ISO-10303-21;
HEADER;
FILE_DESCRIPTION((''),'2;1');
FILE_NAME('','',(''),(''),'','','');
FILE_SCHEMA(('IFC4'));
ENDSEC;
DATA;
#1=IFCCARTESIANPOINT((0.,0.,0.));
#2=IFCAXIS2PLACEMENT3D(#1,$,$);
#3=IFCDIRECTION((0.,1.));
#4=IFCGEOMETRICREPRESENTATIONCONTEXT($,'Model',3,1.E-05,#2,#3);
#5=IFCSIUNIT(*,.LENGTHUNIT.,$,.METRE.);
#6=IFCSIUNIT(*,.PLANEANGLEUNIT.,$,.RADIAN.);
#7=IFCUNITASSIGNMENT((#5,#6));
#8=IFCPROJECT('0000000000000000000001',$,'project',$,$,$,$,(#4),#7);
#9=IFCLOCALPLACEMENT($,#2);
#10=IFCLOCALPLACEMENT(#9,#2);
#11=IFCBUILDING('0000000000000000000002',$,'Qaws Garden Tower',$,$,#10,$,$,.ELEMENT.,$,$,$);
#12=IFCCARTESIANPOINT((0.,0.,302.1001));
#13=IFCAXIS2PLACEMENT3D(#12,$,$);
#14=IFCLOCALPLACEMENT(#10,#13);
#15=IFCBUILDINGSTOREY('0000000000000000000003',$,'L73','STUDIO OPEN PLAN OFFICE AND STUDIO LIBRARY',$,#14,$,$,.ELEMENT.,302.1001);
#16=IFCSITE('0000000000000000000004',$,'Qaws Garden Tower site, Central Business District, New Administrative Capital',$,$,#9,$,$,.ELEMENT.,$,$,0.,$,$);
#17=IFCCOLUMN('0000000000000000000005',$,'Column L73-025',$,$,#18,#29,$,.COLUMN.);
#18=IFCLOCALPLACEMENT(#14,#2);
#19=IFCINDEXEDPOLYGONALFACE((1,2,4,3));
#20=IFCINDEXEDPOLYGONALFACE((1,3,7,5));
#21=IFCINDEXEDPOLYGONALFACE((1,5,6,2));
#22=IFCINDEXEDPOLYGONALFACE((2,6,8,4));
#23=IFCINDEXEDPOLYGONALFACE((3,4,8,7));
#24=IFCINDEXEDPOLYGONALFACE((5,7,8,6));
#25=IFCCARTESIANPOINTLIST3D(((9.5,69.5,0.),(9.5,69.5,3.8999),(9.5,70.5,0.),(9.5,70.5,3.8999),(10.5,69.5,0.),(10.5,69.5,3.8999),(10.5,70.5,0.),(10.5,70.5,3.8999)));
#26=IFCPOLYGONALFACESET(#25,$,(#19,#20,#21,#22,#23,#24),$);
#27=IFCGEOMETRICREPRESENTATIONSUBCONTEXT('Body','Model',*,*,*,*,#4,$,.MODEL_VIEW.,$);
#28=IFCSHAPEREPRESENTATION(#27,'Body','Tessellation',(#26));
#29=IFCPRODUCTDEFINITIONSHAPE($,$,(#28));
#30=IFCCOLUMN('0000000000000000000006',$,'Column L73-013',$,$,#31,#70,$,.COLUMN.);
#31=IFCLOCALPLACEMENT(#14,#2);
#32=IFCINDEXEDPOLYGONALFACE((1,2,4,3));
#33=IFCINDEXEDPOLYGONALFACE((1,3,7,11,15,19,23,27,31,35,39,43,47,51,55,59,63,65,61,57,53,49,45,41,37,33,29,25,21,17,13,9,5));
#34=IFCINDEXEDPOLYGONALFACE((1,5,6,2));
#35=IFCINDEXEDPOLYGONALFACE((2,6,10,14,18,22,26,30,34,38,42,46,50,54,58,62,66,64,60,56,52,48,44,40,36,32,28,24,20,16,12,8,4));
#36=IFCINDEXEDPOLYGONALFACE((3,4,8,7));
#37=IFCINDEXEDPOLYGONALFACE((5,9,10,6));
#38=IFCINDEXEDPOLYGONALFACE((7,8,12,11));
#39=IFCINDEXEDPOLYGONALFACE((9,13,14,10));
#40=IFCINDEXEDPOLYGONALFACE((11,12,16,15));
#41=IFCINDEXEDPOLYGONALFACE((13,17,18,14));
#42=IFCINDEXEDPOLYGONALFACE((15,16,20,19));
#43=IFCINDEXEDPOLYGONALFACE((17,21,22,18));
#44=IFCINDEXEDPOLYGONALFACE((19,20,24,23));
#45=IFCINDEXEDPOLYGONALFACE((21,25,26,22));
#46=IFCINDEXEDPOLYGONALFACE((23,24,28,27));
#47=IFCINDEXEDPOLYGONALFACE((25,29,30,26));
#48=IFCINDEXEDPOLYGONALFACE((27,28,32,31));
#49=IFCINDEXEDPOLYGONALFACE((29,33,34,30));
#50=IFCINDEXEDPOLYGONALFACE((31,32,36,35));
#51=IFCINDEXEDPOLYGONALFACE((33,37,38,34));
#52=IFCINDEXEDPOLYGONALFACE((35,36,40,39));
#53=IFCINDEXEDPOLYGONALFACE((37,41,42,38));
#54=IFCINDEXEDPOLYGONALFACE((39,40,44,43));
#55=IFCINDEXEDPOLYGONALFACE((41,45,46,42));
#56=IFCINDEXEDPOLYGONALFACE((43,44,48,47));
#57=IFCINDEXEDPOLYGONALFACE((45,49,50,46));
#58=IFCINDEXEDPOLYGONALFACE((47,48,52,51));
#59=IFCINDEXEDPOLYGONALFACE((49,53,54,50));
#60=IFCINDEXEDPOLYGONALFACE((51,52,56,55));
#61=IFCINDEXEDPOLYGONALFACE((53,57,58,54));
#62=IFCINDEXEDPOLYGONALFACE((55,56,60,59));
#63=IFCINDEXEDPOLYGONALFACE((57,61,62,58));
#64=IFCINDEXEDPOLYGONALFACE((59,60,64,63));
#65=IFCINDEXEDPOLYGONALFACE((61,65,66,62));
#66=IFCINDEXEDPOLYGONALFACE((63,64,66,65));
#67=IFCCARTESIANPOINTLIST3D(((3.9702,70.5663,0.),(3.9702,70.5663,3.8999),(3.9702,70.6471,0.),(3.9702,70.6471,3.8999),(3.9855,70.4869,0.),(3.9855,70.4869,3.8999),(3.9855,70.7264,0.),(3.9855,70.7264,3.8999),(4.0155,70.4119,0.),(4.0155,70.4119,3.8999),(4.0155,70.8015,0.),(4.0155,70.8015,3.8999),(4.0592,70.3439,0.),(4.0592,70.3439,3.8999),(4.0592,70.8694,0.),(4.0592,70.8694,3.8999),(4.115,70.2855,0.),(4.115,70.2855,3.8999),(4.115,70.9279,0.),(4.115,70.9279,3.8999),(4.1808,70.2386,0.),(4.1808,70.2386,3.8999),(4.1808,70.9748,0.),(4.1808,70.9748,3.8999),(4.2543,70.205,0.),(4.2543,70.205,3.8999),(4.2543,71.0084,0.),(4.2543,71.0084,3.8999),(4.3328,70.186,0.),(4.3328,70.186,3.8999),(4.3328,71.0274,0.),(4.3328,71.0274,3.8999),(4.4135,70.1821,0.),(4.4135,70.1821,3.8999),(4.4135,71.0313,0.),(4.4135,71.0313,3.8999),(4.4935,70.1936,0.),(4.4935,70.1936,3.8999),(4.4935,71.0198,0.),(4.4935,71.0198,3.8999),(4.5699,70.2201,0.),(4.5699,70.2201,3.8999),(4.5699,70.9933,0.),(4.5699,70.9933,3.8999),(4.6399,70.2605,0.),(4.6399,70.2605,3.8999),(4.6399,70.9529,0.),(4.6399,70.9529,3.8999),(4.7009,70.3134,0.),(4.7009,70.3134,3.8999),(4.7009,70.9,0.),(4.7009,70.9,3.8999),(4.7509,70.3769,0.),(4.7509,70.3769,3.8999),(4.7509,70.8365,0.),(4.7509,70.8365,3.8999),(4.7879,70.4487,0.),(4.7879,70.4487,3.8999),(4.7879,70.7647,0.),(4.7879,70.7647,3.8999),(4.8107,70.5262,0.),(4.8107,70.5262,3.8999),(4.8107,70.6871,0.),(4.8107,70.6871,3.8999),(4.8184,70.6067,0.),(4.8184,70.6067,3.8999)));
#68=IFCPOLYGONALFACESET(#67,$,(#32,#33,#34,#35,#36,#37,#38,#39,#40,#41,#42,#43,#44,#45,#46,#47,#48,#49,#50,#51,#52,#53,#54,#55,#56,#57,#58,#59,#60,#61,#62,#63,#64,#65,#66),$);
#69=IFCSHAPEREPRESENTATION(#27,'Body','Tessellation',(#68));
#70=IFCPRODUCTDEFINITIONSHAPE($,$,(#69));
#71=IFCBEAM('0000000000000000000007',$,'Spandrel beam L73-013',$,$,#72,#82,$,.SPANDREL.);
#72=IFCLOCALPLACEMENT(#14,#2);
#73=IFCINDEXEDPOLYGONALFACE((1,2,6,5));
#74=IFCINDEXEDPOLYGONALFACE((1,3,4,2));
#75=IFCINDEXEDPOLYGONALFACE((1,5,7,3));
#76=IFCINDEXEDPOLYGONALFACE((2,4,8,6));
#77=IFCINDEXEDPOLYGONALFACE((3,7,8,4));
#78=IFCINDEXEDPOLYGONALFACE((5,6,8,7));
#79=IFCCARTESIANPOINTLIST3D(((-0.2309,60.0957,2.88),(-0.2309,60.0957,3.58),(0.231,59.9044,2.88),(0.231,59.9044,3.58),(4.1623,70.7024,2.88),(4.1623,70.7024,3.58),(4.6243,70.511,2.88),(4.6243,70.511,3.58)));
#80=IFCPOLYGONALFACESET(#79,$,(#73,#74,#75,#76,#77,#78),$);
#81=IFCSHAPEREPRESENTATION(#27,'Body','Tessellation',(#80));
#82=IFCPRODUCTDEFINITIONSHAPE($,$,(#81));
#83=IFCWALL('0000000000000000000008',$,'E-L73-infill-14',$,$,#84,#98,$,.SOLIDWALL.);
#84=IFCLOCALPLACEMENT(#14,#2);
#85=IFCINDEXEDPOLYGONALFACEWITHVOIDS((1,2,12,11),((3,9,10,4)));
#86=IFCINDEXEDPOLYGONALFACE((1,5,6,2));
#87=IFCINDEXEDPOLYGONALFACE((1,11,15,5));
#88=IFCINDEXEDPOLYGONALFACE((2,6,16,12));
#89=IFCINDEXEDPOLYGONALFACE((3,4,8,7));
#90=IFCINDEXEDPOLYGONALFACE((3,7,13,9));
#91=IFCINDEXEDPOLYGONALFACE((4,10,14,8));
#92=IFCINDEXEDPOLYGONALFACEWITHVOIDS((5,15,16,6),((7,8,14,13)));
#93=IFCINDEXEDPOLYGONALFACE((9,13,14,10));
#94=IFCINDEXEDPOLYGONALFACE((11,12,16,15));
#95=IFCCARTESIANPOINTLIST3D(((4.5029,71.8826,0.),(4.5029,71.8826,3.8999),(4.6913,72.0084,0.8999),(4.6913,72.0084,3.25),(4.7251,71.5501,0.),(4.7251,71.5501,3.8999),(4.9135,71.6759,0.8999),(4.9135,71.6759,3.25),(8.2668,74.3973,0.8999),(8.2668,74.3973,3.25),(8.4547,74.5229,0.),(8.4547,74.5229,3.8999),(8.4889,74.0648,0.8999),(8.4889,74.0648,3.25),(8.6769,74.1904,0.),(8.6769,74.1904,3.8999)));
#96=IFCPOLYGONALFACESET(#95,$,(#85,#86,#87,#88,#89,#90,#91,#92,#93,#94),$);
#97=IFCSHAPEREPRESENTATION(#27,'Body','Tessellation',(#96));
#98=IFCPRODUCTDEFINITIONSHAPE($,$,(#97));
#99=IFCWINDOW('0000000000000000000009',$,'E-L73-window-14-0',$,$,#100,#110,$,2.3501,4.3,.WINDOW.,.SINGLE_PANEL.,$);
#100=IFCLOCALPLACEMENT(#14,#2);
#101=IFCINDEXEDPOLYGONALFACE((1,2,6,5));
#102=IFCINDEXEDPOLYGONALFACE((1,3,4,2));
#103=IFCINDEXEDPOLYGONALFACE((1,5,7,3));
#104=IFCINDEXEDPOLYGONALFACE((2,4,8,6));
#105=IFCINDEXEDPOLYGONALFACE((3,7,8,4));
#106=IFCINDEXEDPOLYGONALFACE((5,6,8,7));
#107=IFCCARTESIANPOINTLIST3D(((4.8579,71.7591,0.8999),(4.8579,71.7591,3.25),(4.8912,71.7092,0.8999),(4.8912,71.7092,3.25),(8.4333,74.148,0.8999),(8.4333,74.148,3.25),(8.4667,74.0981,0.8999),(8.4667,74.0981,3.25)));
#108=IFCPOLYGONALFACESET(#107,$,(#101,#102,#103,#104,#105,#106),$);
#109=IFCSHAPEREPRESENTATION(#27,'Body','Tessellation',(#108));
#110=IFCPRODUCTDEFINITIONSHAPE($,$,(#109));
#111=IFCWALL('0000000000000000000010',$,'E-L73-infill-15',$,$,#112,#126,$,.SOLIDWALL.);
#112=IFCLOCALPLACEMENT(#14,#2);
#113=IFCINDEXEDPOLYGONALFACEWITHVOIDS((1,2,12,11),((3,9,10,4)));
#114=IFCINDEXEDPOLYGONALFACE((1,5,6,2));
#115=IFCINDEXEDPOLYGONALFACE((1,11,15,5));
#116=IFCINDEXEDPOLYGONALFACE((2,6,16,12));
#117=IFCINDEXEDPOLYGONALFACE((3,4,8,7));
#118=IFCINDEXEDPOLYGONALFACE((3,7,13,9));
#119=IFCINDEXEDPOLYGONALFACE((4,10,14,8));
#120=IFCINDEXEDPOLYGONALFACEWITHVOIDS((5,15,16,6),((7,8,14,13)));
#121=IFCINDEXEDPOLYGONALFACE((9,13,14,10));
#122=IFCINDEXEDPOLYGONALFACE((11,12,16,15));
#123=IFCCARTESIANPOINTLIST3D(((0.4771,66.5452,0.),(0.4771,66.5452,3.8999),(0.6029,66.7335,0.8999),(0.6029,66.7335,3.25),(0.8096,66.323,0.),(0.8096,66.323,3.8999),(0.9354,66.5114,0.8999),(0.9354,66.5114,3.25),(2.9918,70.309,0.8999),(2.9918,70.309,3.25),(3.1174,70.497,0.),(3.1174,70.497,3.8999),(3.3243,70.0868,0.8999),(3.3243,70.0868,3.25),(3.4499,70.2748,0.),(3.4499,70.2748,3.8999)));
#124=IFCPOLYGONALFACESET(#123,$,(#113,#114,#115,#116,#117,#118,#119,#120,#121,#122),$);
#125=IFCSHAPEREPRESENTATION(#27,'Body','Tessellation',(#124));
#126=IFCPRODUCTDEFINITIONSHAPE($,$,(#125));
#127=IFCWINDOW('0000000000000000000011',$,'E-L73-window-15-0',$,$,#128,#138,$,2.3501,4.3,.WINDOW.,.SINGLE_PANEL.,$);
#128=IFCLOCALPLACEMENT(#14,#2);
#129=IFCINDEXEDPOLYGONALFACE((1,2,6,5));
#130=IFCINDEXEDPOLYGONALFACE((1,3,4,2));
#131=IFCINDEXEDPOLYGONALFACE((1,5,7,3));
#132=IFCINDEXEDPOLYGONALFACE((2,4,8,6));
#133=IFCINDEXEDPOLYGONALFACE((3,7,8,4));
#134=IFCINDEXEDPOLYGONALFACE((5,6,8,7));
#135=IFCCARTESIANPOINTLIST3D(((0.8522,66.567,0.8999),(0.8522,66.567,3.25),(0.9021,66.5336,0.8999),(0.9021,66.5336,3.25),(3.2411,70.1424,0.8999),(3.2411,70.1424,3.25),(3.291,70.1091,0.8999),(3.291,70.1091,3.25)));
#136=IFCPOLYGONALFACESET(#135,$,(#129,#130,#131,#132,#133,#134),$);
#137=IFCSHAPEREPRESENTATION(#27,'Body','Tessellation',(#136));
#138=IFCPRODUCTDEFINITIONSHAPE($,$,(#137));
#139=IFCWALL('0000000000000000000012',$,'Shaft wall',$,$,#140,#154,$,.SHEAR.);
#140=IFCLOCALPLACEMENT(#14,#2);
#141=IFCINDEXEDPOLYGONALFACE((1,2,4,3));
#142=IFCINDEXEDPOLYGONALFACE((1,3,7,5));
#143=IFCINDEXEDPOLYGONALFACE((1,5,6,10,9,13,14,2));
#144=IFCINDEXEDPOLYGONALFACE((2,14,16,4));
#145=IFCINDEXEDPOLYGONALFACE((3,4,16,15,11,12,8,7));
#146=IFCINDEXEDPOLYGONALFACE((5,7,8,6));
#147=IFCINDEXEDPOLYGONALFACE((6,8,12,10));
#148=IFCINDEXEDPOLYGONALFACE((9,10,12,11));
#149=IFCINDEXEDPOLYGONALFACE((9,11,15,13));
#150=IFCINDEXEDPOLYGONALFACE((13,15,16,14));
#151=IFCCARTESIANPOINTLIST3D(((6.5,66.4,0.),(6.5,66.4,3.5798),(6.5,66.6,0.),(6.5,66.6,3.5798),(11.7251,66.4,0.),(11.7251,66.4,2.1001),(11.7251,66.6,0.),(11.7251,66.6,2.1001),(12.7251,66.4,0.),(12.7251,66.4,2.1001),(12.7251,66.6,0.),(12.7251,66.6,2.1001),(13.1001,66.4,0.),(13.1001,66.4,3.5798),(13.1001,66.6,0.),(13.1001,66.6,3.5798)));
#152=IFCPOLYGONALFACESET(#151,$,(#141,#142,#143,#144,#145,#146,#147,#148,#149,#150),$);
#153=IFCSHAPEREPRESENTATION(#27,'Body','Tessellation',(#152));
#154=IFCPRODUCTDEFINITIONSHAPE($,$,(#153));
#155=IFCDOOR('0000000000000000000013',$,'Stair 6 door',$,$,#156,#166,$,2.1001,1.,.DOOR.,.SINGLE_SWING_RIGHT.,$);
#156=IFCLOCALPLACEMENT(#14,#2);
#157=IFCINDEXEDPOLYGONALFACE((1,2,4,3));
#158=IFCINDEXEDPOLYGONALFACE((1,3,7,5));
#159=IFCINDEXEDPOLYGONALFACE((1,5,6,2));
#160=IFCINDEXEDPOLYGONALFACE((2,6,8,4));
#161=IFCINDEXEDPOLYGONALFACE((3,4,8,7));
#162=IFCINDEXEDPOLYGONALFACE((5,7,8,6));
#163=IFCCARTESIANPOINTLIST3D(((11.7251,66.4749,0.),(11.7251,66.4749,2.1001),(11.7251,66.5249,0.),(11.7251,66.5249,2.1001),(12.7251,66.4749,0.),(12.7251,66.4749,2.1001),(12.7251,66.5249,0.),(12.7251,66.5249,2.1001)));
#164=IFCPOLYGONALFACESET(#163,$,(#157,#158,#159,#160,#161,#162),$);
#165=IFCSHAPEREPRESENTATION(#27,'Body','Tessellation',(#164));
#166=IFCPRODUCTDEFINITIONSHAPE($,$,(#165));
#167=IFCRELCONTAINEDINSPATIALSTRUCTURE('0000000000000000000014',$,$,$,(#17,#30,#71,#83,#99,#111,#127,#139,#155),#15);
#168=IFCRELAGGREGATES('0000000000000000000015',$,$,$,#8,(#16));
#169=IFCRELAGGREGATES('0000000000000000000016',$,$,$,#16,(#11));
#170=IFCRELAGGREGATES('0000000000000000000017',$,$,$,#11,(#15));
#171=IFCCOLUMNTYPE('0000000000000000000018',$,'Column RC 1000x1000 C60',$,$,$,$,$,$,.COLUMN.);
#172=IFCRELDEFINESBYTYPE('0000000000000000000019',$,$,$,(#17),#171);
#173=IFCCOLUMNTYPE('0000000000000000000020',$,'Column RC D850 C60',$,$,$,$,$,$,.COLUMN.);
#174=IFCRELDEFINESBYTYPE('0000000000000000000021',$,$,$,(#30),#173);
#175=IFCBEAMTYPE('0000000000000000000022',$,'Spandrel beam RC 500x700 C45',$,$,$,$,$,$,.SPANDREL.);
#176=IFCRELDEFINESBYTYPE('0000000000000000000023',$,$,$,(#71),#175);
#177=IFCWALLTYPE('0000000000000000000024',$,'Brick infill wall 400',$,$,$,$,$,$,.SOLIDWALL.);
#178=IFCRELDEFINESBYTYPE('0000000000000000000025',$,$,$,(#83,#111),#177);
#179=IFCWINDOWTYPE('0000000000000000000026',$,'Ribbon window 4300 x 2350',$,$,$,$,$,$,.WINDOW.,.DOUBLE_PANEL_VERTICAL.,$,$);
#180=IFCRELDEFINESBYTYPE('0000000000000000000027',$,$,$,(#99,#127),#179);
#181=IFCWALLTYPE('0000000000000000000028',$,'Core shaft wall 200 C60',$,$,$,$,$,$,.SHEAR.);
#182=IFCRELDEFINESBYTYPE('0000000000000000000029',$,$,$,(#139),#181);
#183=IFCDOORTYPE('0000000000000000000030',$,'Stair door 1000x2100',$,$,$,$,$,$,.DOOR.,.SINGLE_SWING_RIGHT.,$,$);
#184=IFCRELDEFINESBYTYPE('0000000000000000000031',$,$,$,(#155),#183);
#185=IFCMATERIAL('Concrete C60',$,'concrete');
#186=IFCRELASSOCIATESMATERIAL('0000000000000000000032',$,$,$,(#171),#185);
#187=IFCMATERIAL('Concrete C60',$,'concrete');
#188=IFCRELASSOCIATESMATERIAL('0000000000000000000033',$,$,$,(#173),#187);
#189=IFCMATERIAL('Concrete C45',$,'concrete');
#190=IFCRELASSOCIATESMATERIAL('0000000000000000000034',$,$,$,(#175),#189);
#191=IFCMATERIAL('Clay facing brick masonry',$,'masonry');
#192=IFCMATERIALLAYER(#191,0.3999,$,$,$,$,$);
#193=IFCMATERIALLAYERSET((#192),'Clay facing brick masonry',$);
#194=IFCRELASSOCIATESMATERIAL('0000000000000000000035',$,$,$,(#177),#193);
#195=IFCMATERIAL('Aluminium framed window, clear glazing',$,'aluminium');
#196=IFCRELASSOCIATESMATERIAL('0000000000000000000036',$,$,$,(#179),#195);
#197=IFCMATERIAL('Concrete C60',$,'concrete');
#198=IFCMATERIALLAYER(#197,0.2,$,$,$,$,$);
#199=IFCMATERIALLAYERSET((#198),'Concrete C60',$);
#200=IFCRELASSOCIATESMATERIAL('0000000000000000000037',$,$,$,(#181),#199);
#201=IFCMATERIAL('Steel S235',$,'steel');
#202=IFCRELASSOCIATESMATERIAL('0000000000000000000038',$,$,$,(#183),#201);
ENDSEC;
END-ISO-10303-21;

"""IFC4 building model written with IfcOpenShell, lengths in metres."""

from ifc_helpers import new_model, si_unit, direction, frame, frame_2d, origin, origin_2d, place, context, subcontext, project, spatial, rectangle, circle, extrude, material, layer, layer_set, material_profile, profile_set, type_object, element, fill, save


model = new_model("IFC4")

# Units and contexts
model_context = context("Model", 3, precision=1e-05, world=origin(), true_north=direction((0.0, 1.0)))
body_context = subcontext(model_context, "Body", "Model", "MODEL_VIEW")
ifc_project = project(units=[si_unit("LENGTHUNIT", "METRE"), si_unit("PLANEANGLEUNIT", "RADIAN")], contexts=[model_context])

# Site, building, storey
site_placement = place(None, origin())
site = spatial("IfcSite", under=ifc_project, at=site_placement, Name="Qaws Garden Tower site, Central Business District, New Administrative Capital", CompositionType="ELEMENT", RefElevation=0.0)
building_placement = place(site_placement, origin())
building = spatial("IfcBuilding", under=site, at=building_placement, Name="Qaws Garden Tower", CompositionType="ELEMENT")
storey_placement = place(building_placement, frame((0.0, 0.0, 302.1001)))
storey = spatial("IfcBuildingStorey", under=building, at=storey_placement, Name="L73", Description="STUDIO OPEN PLAN OFFICE AND STUDIO LIBRARY", CompositionType="ELEMENT", Elevation=302.1001)

# Columns
ifc_material_1 = material(Name="Concrete C60", Category="concrete")
ifc_material_profile_1 = material_profile(ifc_material_1, rectangle(XDim=1.0, YDim=1.0, at=origin_2d()), Name="RC 1000x1000")
ifc_profile_set_1 = profile_set([ifc_material_profile_1], Name="Concrete C60")
column_type_1 = type_object("IfcColumnType", Name="Column RC 1000x1000 C60", PredefinedType="COLUMN", material=ifc_profile_set_1)
column_1_placement = place(storey_placement, frame((10.0, 70.0, 0.0), z_axis=(0.0, 0.0, 1.0), x_axis=(1.0, 0.0, 0.0)))
element("IfcColumn", 1, at=column_1_placement, inside=storey, type_object=column_type_1, Name="Column L73-025", PredefinedType="COLUMN", context=body_context, shape_type="SweptSolid", body=[
    extrude(rectangle(XDim=1.0, YDim=1.0, at=origin_2d()), origin(), (0.0, 0.0, 1.0), 3.8999),
])
ifc_material_2 = material(Name="Concrete C60", Category="concrete")
ifc_material_profile_2 = material_profile(ifc_material_2, circle(Radius=0.425, at=origin_2d()), Name="RC D850")
ifc_profile_set_2 = profile_set([ifc_material_profile_2], Name="Concrete C60")
column_type_2 = type_object("IfcColumnType", Name="Column RC D850 C60", PredefinedType="COLUMN", material=ifc_profile_set_2)
column_2_placement = place(storey_placement, frame((4.3933, 70.6067, 0.0), z_axis=(0.0, 0.0, 1.0), x_axis=(1.0, 0.0, 0.0)))
element("IfcColumn", 2, at=column_2_placement, inside=storey, type_object=column_type_2, Name="Column L73-013", PredefinedType="COLUMN", context=body_context, shape_type="SweptSolid", body=[
    extrude(circle(Radius=0.425, at=origin_2d()), origin(), (0.0, 0.0, 1.0), 3.8999),
])

# Beam
ifc_material_3 = material(Name="Concrete C45", Category="concrete")
ifc_material_profile_3 = material_profile(ifc_material_3, rectangle(XDim=0.5, YDim=0.7, at=origin_2d()), Name="RC 500x700")
ifc_profile_set_3 = profile_set([ifc_material_profile_3], Name="Concrete C45")
beam_type = type_object("IfcBeamType", Name="Spandrel beam RC 500x700 C45", PredefinedType="SPANDREL", material=ifc_profile_set_3)
beam_placement = place(storey_placement, frame((4.3933, 70.6067, 3.23), z_axis=(-0.382674, -0.923883, 0.0), x_axis=(0.923883, -0.382674, 0.0)))
element("IfcBeam", 3, at=beam_placement, inside=storey, type_object=beam_type, Name="Spandrel beam L73-013", PredefinedType="SPANDREL", context=body_context, shape_type="SweptSolid", body=[
    extrude(rectangle(XDim=0.5, YDim=0.7, at=origin_2d()), origin(), (0.0, 0.0, 1.0), 11.4805),
])

# Walls, openings, windows
ifc_material_4 = material(Name="Clay facing brick masonry", Category="masonry")
ifc_layer_1 = layer(ifc_material_4, 0.3999)
ifc_layer_set_1 = layer_set([ifc_layer_1], Name="Clay facing brick masonry")
wall_type_1 = type_object("IfcWallType", Name="Brick infill wall 400", PredefinedType="SOLIDWALL", material=ifc_layer_set_1)
wall_1_placement = place(storey_placement, frame((8.5659, 74.3567, 0.0), z_axis=(0.0, 0.0, 1.0), x_axis=(-0.831489, -0.555542, 0.0)))
wall_1 = element("IfcWall", 4, at=wall_1_placement, inside=storey, type_object=wall_type_1, Name="E-L73-infill-14", PredefinedType="SOLIDWALL", context=body_context, shape_type="SweptSolid", body=[
    extrude(rectangle(XDim=4.7527, YDim=0.3999, at=frame_2d((2.3765, 0.0))), origin(), (0.0, 0.0, 1.0), 3.8999),
])
opening_1_placement = place(wall_1_placement, frame((0.2263, 0.0, 0.8999)))
opening_1 = element("IfcOpeningElement", 5, at=opening_1_placement, cuts=wall_1, PredefinedType="OPENING", context=body_context, shape_type="SweptSolid", body=[
    extrude(rectangle(XDim=4.3, YDim=2.3501, at=frame_2d((2.1499, 1.175))), frame((0.0, 0.21, 0.0), z_axis=(0.0, -1.0, 0.0), x_axis=(1.0, 0.0, 0.0)), (0.0, 0.0, 1.0), 0.4199),
])
ifc_material_5 = material(Name="Aluminium framed window, clear glazing", Category="aluminium")
window_type = type_object("IfcWindowType", Name="Ribbon window 4300 x 2350", PartitioningType="DOUBLE_PANEL_VERTICAL", PredefinedType="WINDOW", material=ifc_material_5)
window_1_placement = place(opening_1_placement, origin())
window_1 = element("IfcWindow", 6, at=window_1_placement, inside=storey, type_object=window_type, Name="E-L73-window-14-0", OverallHeight=2.3501, OverallWidth=4.3, PartitioningType="SINGLE_PANEL", PredefinedType="WINDOW", context=body_context, shape_type="SweptSolid", body=[
    extrude(rectangle(XDim=4.3, YDim=2.3501, at=frame_2d((2.1499, 1.175))), frame((0.0, 0.1599, 0.0), z_axis=(0.0, -1.0, 0.0), x_axis=(1.0, 0.0, 0.0)), (0.0, 0.0, 1.0), 0.0601),
])
fill(opening_1, window_1)
wall_2_placement = place(storey_placement, frame((3.2837, 70.386, 0.0), z_axis=(0.0, 0.0, 1.0), x_axis=(-0.555542, -0.831489, 0.0)))
wall_2 = element("IfcWall", 7, at=wall_2_placement, inside=storey, type_object=wall_type_1, Name="E-L73-infill-15", PredefinedType="SOLIDWALL", context=body_context, shape_type="SweptSolid", body=[
    extrude(rectangle(XDim=4.7527, YDim=0.3999, at=frame_2d((2.3765, 0.0))), origin(), (0.0, 0.0, 1.0), 3.8999),
])
opening_2_placement = place(wall_2_placement, frame((0.2263, 0.0, 0.8999)))
opening_2 = element("IfcOpeningElement", 8, at=opening_2_placement, cuts=wall_2, PredefinedType="OPENING", context=body_context, shape_type="SweptSolid", body=[
    extrude(rectangle(XDim=4.3, YDim=2.3501, at=frame_2d((2.1499, 1.175))), frame((0.0, 0.21, 0.0), z_axis=(0.0, -1.0, 0.0), x_axis=(1.0, 0.0, 0.0)), (0.0, 0.0, 1.0), 0.4199),
])
window_2_placement = place(opening_2_placement, origin())
window_2 = element("IfcWindow", 9, at=window_2_placement, inside=storey, type_object=window_type, Name="E-L73-window-15-0", OverallHeight=2.3501, OverallWidth=4.3, PartitioningType="SINGLE_PANEL", PredefinedType="WINDOW", context=body_context, shape_type="SweptSolid", body=[
    extrude(rectangle(XDim=4.3, YDim=2.3501, at=frame_2d((2.1499, 1.175))), frame((0.0, 0.1599, 0.0), z_axis=(0.0, -1.0, 0.0), x_axis=(1.0, 0.0, 0.0)), (0.0, 0.0, 1.0), 0.0601),
])
fill(opening_2, window_2)

# Wall, opening, door
ifc_material_6 = material(Name="Concrete C60", Category="concrete")
ifc_layer_2 = layer(ifc_material_6, 0.2)
ifc_layer_set_2 = layer_set([ifc_layer_2], Name="Concrete C60")
wall_type_2 = type_object("IfcWallType", Name="Core shaft wall 200 C60", PredefinedType="SHEAR", material=ifc_layer_set_2)
wall_3_placement = place(storey_placement, frame((6.5, 66.5, 0.0), z_axis=(0.0, 0.0, 1.0), x_axis=(1.0, 0.0, 0.0)))
wall_3 = element("IfcWall", 10, at=wall_3_placement, inside=storey, type_object=wall_type_2, Name="Shaft wall", PredefinedType="SHEAR", context=body_context, shape_type="SweptSolid", body=[
    extrude(rectangle(XDim=6.6001, YDim=0.2, at=frame_2d((3.3, 0.0))), origin(), (0.0, 0.0, 1.0), 3.5798),
])
opening_3_placement = place(wall_3_placement, frame((5.2251, 0.0, 0.0)))
opening_3 = element("IfcOpeningElement", 11, at=opening_3_placement, cuts=wall_3, PredefinedType="OPENING", context=body_context, shape_type="SweptSolid", body=[
    extrude(rectangle(XDim=1.0, YDim=2.1001, at=frame_2d((0.5, 1.05))), frame((0.0, 0.1099, 0.0), z_axis=(0.0, -1.0, 0.0), x_axis=(1.0, 0.0, 0.0)), (0.0, 0.0, 1.0), 0.22),
])
ifc_material_7 = material(Name="Steel S235", Category="steel")
door_type = type_object("IfcDoorType", Name="Stair door 1000x2100", OperationType="SINGLE_SWING_RIGHT", PredefinedType="DOOR", material=ifc_material_7)
door_1_placement = place(opening_3_placement, origin())
door_1 = element("IfcDoor", 12, at=door_1_placement, inside=storey, type_object=door_type, Name="Stair 6 door", OperationType="SINGLE_SWING_RIGHT", OverallHeight=2.1001, OverallWidth=1.0, PredefinedType="DOOR", context=body_context, shape_type="SweptSolid", body=[
    extrude(rectangle(XDim=1.0, YDim=2.1001, at=frame_2d((0.5, 1.05))), frame((0.0, 0.0249, 0.0), z_axis=(0.0, -1.0, 0.0), x_axis=(1.0, 0.0, 0.0)), (0.0, 0.0, 1.0), 0.05),
])
fill(opening_3, door_1)

save(model, "model.ifc")
